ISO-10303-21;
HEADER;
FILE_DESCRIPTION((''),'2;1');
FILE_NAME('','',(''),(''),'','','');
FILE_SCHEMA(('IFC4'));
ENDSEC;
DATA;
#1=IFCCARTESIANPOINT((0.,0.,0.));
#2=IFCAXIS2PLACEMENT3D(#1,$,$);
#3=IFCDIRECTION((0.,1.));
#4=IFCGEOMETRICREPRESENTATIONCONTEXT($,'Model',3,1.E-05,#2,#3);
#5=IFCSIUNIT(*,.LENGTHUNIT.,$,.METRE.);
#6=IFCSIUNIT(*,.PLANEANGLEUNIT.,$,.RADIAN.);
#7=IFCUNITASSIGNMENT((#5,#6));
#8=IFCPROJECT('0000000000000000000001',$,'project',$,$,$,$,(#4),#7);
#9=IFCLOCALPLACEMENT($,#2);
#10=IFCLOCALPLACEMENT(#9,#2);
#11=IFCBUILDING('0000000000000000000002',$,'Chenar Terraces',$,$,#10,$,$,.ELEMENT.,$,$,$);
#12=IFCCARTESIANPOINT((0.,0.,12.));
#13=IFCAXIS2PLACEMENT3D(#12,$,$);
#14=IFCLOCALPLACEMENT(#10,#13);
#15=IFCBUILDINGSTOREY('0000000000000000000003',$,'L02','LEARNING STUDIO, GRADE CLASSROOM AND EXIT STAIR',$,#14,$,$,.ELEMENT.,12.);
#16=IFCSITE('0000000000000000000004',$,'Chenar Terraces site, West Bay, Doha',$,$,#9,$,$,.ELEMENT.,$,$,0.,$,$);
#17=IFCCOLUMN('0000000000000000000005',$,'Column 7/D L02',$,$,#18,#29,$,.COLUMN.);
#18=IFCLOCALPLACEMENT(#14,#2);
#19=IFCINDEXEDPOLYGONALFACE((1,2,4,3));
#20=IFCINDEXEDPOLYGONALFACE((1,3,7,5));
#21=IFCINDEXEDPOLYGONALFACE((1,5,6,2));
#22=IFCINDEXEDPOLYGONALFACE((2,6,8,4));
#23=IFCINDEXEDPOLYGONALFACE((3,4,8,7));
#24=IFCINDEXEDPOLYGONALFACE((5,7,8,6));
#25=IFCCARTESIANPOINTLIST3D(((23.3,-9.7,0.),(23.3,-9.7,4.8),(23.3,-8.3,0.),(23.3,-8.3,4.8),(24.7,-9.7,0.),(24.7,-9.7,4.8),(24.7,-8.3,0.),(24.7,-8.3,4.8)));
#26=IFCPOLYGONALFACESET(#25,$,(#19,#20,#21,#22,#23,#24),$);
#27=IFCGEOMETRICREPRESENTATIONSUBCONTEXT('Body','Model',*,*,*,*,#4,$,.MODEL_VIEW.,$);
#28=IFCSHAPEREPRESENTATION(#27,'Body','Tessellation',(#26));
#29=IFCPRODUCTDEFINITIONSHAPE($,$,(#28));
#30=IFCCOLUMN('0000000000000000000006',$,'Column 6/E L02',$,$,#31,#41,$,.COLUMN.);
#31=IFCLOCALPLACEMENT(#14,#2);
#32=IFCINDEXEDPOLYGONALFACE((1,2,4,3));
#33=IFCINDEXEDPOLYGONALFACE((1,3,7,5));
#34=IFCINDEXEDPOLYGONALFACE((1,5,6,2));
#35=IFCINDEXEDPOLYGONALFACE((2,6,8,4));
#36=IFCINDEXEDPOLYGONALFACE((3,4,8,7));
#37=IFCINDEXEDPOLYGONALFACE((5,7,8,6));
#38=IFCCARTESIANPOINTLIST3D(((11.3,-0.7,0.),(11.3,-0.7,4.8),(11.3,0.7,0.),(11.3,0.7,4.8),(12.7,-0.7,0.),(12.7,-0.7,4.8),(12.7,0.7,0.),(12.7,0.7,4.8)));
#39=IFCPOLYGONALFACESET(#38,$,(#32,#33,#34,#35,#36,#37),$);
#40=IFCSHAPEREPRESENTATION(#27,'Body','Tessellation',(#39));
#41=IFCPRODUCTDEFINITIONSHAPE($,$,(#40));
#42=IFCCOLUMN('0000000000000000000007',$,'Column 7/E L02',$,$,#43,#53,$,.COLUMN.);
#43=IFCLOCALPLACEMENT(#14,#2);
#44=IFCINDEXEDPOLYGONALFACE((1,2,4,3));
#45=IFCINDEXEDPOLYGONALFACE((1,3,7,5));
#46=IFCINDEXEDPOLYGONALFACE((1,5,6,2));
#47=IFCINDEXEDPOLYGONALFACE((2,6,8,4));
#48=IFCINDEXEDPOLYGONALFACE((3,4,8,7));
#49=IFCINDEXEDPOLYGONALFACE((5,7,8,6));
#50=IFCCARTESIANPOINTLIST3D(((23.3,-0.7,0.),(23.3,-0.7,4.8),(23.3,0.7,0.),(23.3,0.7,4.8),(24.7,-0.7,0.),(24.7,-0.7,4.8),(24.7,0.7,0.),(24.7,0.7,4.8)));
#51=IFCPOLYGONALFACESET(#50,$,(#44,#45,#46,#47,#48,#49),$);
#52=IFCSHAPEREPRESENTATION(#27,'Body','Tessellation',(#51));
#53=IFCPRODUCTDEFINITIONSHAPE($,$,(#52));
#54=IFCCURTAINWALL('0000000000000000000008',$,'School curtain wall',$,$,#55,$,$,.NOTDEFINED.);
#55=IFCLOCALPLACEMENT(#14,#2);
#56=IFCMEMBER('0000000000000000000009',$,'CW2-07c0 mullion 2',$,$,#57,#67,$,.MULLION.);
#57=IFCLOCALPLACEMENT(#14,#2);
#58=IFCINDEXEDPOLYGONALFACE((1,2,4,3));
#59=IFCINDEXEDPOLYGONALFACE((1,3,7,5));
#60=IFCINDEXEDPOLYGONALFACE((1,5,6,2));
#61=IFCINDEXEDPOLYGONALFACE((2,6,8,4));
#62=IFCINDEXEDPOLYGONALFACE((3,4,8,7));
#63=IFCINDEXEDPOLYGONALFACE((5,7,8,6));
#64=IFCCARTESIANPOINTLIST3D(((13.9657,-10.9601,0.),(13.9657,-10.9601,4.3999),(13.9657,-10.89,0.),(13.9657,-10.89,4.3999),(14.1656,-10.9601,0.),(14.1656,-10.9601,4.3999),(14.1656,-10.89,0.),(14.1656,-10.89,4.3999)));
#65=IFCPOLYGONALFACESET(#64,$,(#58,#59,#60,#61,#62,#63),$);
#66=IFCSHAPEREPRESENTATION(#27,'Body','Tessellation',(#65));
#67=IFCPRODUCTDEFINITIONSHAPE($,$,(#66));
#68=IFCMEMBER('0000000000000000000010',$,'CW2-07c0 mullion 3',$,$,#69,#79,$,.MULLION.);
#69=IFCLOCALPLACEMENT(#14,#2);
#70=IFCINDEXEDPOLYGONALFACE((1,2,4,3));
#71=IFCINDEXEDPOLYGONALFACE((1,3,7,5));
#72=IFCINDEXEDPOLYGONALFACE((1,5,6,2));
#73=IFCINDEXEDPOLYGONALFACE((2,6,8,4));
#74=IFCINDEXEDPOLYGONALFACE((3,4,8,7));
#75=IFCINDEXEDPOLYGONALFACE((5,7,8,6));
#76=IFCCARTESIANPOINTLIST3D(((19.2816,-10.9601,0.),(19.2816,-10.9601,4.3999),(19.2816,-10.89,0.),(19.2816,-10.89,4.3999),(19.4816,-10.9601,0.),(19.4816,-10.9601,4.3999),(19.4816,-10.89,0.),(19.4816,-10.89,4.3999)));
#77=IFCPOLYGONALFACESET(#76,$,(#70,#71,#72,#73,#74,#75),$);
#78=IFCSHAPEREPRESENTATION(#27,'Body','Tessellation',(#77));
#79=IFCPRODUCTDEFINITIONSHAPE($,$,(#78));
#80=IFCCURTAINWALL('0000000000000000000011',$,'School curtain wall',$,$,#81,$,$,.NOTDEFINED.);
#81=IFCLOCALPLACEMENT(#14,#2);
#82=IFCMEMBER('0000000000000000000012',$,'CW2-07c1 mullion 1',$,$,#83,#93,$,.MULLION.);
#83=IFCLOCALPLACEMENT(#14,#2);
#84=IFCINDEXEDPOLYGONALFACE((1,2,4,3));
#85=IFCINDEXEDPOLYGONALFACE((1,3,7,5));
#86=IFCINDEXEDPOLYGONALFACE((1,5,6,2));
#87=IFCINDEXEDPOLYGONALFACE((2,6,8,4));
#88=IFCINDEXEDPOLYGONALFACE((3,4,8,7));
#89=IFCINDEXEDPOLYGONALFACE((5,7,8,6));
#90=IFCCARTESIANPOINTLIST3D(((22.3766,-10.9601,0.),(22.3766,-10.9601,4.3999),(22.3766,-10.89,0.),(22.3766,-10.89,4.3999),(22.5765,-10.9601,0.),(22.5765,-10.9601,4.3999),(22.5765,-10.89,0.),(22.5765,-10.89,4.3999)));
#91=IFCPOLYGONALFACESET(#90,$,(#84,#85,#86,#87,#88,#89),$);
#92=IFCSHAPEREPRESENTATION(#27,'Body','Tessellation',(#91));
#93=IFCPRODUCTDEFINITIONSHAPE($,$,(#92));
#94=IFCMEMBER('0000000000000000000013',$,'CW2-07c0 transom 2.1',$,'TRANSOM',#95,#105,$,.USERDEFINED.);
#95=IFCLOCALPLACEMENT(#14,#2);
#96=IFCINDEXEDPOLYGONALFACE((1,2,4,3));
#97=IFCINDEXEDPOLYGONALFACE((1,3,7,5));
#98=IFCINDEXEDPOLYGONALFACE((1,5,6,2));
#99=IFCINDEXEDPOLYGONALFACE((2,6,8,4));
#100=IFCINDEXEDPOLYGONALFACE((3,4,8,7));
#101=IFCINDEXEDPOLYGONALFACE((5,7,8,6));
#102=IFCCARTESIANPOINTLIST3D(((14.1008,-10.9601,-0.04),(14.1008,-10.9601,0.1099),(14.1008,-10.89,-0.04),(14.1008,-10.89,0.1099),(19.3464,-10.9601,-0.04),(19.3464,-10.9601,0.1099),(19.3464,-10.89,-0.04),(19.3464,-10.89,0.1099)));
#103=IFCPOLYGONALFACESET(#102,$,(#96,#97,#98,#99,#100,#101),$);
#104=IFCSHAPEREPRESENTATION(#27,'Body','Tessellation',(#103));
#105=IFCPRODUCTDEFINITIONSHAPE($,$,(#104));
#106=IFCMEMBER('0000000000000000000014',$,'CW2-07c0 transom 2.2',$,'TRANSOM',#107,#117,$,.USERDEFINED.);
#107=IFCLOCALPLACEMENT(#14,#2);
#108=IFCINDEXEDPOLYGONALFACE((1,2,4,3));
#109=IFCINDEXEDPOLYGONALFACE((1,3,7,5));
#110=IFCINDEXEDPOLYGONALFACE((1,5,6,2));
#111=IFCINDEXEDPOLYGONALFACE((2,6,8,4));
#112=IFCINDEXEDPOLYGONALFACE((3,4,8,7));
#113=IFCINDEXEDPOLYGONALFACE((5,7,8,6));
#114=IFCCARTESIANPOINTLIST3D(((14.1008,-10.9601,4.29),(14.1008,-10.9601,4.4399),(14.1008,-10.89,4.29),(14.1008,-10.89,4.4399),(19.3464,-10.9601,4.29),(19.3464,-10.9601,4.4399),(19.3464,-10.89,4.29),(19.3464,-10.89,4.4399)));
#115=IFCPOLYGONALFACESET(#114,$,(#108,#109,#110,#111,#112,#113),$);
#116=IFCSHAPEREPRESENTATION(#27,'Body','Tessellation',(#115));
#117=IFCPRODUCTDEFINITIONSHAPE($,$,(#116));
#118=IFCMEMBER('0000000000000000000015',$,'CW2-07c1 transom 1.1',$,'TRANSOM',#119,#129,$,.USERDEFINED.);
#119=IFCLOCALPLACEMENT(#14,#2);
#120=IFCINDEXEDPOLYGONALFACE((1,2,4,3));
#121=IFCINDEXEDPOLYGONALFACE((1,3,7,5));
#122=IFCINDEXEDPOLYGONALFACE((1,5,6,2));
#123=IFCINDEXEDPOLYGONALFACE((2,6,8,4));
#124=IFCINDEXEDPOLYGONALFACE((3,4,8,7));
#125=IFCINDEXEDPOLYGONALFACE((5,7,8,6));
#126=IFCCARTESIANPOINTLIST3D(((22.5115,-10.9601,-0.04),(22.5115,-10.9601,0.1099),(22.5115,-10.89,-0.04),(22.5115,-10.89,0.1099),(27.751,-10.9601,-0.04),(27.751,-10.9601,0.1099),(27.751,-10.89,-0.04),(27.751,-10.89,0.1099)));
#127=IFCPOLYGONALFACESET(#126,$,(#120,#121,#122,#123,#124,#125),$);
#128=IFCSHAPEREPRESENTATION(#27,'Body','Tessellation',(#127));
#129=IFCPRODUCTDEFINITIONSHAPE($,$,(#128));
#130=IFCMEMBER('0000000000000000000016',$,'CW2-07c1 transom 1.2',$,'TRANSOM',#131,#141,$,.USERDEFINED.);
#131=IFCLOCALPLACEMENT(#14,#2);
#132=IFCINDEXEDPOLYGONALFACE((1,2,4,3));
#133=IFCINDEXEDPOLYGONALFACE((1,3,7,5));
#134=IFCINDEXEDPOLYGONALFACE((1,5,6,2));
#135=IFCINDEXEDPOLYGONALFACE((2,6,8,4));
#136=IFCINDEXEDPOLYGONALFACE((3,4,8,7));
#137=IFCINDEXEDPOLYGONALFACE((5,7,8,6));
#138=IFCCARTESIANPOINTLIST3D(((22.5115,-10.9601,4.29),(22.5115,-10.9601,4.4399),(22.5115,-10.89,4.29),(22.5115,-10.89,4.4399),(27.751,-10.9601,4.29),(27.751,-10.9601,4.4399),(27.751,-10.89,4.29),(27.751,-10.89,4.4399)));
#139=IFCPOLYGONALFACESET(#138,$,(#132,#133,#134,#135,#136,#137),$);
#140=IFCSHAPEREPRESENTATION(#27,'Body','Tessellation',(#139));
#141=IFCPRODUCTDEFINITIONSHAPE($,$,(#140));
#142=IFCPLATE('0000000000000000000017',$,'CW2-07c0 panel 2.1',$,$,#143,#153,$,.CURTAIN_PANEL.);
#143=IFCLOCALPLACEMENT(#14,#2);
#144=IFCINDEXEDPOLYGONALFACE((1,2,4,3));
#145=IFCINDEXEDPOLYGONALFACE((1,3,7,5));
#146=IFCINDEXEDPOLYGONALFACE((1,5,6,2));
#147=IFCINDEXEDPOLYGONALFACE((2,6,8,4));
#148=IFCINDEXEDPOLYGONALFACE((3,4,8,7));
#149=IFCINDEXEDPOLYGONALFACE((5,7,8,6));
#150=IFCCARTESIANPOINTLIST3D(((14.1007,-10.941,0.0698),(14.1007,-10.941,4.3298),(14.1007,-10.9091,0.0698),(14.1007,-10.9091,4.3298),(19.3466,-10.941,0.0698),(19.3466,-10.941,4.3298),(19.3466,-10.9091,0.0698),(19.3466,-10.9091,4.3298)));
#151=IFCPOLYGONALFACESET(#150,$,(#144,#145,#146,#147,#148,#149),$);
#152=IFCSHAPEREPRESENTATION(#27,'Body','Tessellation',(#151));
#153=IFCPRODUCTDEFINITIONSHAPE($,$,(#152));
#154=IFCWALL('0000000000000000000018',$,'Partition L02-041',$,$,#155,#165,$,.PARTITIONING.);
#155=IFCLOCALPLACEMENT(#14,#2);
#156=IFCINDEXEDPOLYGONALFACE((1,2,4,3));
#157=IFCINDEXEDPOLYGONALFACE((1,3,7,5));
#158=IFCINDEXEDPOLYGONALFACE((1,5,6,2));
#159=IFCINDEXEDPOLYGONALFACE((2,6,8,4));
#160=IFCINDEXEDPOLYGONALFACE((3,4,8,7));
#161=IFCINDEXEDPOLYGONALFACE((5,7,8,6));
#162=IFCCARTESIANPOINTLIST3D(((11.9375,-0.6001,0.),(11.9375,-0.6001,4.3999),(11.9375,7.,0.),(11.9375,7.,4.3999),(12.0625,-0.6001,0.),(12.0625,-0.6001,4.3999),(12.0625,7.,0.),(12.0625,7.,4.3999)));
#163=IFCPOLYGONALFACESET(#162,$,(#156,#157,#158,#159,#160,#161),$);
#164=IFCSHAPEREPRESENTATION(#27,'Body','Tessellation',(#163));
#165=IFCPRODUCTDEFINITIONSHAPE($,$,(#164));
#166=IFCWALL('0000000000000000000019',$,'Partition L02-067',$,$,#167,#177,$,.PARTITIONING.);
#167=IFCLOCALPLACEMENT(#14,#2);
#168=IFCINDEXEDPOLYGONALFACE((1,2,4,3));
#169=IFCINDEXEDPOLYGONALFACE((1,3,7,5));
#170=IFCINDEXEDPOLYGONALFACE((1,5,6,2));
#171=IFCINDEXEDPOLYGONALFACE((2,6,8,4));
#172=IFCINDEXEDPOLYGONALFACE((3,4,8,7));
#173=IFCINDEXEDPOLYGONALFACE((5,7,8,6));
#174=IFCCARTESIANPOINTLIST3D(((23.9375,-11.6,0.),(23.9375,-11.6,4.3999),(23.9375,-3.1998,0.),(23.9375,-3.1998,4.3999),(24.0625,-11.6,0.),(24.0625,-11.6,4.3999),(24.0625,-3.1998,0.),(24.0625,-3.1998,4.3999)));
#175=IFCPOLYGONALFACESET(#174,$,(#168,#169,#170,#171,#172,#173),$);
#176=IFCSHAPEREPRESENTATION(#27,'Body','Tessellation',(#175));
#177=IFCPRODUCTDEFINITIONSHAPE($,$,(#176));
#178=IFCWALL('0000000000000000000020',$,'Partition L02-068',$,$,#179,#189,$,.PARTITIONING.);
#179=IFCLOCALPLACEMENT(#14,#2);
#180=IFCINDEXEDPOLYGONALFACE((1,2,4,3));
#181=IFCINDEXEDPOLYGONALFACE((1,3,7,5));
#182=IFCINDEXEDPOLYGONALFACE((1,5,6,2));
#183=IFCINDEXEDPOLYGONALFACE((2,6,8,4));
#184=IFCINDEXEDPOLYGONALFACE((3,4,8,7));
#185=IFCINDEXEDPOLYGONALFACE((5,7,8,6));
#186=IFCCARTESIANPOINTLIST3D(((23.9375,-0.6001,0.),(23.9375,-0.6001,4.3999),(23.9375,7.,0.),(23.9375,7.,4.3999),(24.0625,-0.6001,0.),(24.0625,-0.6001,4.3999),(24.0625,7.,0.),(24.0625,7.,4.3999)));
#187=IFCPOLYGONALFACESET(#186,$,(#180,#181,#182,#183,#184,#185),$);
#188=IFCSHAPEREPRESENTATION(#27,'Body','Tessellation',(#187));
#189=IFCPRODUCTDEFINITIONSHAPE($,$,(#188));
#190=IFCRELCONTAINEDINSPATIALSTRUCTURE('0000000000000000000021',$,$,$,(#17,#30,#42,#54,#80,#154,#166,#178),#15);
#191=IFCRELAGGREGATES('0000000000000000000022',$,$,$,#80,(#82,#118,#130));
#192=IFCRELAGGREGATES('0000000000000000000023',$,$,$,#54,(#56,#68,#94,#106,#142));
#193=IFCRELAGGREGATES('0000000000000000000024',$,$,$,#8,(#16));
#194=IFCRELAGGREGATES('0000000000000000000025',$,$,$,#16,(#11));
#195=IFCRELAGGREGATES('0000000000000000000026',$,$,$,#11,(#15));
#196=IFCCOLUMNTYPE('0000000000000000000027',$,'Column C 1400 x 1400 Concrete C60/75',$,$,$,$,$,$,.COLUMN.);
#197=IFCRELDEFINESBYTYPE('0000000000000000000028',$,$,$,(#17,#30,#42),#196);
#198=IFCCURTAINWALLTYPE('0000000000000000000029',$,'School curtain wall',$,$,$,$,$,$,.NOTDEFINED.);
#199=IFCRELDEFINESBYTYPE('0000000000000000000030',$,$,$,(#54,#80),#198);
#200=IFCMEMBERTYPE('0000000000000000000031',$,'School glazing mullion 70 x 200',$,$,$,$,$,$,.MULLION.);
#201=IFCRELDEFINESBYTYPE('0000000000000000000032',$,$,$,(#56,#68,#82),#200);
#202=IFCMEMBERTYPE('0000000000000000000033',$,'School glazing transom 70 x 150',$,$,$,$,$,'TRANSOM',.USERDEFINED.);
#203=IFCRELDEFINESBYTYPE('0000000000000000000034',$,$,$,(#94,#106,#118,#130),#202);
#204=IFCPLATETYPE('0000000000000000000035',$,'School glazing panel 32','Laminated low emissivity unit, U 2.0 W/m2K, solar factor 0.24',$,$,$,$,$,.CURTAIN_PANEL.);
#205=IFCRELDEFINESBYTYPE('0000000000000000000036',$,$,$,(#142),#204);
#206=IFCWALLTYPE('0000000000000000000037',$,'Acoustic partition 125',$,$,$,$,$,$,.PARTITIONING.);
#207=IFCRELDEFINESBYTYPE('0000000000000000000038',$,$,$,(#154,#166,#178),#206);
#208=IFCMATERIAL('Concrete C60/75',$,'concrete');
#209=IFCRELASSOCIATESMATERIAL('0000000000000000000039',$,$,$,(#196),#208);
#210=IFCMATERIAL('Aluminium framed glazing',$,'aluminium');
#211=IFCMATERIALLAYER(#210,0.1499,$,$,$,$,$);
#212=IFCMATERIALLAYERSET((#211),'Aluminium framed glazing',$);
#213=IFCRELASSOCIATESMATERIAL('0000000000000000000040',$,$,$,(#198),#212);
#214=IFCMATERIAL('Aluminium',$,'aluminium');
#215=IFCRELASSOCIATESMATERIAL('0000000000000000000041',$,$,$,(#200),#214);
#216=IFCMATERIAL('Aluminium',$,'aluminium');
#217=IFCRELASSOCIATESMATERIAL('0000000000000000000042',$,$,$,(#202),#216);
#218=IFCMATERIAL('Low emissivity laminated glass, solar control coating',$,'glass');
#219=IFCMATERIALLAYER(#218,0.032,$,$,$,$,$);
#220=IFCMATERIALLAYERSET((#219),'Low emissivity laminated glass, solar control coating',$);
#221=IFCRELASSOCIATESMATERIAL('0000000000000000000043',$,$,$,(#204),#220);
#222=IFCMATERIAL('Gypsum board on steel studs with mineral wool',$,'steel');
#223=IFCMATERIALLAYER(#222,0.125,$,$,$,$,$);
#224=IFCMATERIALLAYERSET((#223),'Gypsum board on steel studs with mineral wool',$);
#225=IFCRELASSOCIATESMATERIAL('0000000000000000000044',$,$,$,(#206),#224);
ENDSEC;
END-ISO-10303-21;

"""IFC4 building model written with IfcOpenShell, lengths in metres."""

from ifc_helpers import new_model, si_unit, direction, frame, frame_2d, origin, origin_2d, place, context, subcontext, project, spatial, rectangle, extrude, material, layer, layer_set, material_profile, profile_set, type_object, element, aggregate, save


model = new_model("IFC4")

# Units and contexts
model_context = context("Model", 3, precision=1e-05, world=origin(), true_north=direction((0.0, 1.0)))
body_context = subcontext(model_context, "Body", "Model", "MODEL_VIEW")
ifc_project = project(units=[si_unit("LENGTHUNIT", "METRE"), si_unit("PLANEANGLEUNIT", "RADIAN")], contexts=[model_context])

# Site, building, storey
site_placement = place(None, origin())
site = spatial("IfcSite", under=ifc_project, at=site_placement, Name="Chenar Terraces site, West Bay, Doha", CompositionType="ELEMENT", RefElevation=0.0)
building_placement = place(site_placement, origin())
building = spatial("IfcBuilding", under=site, at=building_placement, Name="Chenar Terraces", CompositionType="ELEMENT")
storey_placement = place(building_placement, frame((0.0, 0.0, 12.0)))
storey = spatial("IfcBuildingStorey", under=building, at=storey_placement, Name="L02", Description="LEARNING STUDIO, GRADE CLASSROOM AND EXIT STAIR", CompositionType="ELEMENT", Elevation=12.0)

# Columns
ifc_material_1 = material(Name="Concrete C60/75", Category="concrete")
ifc_material_profile_1 = material_profile(ifc_material_1, rectangle(XDim=1.3999, YDim=1.3999, at=origin_2d()), Name="C 1400 x 1400")
ifc_profile_set_1 = profile_set([ifc_material_profile_1], Name="Concrete C60/75")
column_type = type_object("IfcColumnType", Name="Column C 1400 x 1400 Concrete C60/75", PredefinedType="COLUMN", material=ifc_profile_set_1)
for number, where, z_axis, x_axis, name in (
    (1, (24.0, -9.0, 0.0), (0.0, 0.0, 1.0), (1.0, 0.0, 0.0), "Column 7/D L02"),
    (2, (12.0, 0.0, 0.0), (0.0, 0.0, 1.0), (1.0, 0.0, 0.0), "Column 6/E L02"),
    (3, (24.0, 0.0, 0.0), (0.0, 0.0, 1.0), (1.0, 0.0, 0.0), "Column 7/E L02"),
):
    element("IfcColumn", number, at=place(storey_placement, frame(where, z_axis=z_axis, x_axis=x_axis)), inside=storey, type_object=column_type, Name=name, PredefinedType="COLUMN", context=body_context, shape_type="SweptSolid", body=[
        extrude(rectangle(XDim=1.3999, YDim=1.3999, at=origin_2d()), origin(), (0.0, 0.0, 1.0), 4.8),
    ])

# Curtain wall, members
ifc_material_2 = material(Name="Aluminium framed glazing", Category="aluminium")
ifc_layer_1 = layer(ifc_material_2, 0.1499)
ifc_layer_set_1 = layer_set([ifc_layer_1], Name="Aluminium framed glazing")
curtain_wall_type = type_object("IfcCurtainWallType", Name="School curtain wall", PredefinedType="NOTDEFINED", material=ifc_layer_set_1)
placement = place(storey_placement, origin())
curtain_wall_1 = element("IfcCurtainWall", 4, at=placement, inside=storey, type_object=curtain_wall_type, Name="School curtain wall", PredefinedType="NOTDEFINED")
ifc_material_3 = material(Name="Aluminium", Category="aluminium")
ifc_material_profile_2 = material_profile(ifc_material_3, rectangle(XDim=0.0701, YDim=0.2, at=origin_2d()), Name="School glazing mullion 70 x 200")
ifc_profile_set_2 = profile_set([ifc_material_profile_2], Name="Aluminium")
member_type_1 = type_object("IfcMemberType", Name="School glazing mullion 70 x 200", PredefinedType="MULLION", material=ifc_profile_set_2)
member_1_placement = place(storey_placement, frame((14.0657, -10.925, 0.0), z_axis=(0.0, 0.0, 1.0), x_axis=(0.0, 1.0, 0.0)))
member_1 = element("IfcMember", 5, at=member_1_placement, type_object=member_type_1, Name="CW2-07c0 mullion 2", PredefinedType="MULLION", context=body_context, shape_type="SweptSolid", body=[
    extrude(rectangle(XDim=0.0701, YDim=0.2, at=origin_2d()), origin(), (0.0, 0.0, 1.0), 4.3999),
])
member_2_placement = place(storey_placement, frame((19.3816, -10.925, 0.0), z_axis=(0.0, 0.0, 1.0), x_axis=(0.0, 1.0, 0.0)))
member_2 = element("IfcMember", 6, at=member_2_placement, type_object=member_type_1, Name="CW2-07c0 mullion 3", PredefinedType="MULLION", context=body_context, shape_type="SweptSolid", body=[
    extrude(rectangle(XDim=0.0701, YDim=0.2, at=origin_2d()), origin(), (0.0, 0.0, 1.0), 4.3999),
])

# Curtain wall, member
curtain_wall_2 = element("IfcCurtainWall", 7, at=placement, inside=storey, type_object=curtain_wall_type, Name="School curtain wall", PredefinedType="NOTDEFINED")
member_3_placement = place(storey_placement, frame((22.4766, -10.925, 0.0), z_axis=(0.0, 0.0, 1.0), x_axis=(0.0, 1.0, 0.0)))
member_3 = element("IfcMember", 8, at=member_3_placement, type_object=member_type_1, Name="CW2-07c1 mullion 1", PredefinedType="MULLION", context=body_context, shape_type="SweptSolid", body=[
    extrude(rectangle(XDim=0.0701, YDim=0.2, at=origin_2d()), origin(), (0.0, 0.0, 1.0), 4.3999),
])

# Members
ifc_material_4 = material(Name="Aluminium", Category="aluminium")
ifc_material_profile_3 = material_profile(ifc_material_4, rectangle(XDim=0.0701, YDim=0.1499, at=origin_2d()), Name="School glazing transom 70 x 150")
ifc_profile_set_3 = profile_set([ifc_material_profile_3], Name="Aluminium")
member_type_2 = type_object("IfcMemberType", Name="School glazing transom 70 x 150", ElementType="TRANSOM", PredefinedType="USERDEFINED", material=ifc_profile_set_3)
member_4_placement = place(storey_placement, frame((14.1008, -10.925, 0.0349), z_axis=(1.0, 0.0, 0.0), x_axis=(0.0, 1.0, 0.0)))
member_4 = element("IfcMember", 9, at=member_4_placement, type_object=member_type_2, Name="CW2-07c0 transom 2.1", ObjectType="TRANSOM", PredefinedType="USERDEFINED", context=body_context, shape_type="SweptSolid", body=[
    extrude(rectangle(XDim=0.0701, YDim=0.1499, at=origin_2d()), origin(), (0.0, 0.0, 1.0), 5.2456),
])
member_5_placement = place(storey_placement, frame((14.1008, -10.925, 4.365), z_axis=(1.0, 0.0, 0.0), x_axis=(0.0, 1.0, 0.0)))
member_5 = element("IfcMember", 10, at=member_5_placement, type_object=member_type_2, Name="CW2-07c0 transom 2.2", ObjectType="TRANSOM", PredefinedType="USERDEFINED", context=body_context, shape_type="SweptSolid", body=[
    extrude(rectangle(XDim=0.0701, YDim=0.1499, at=origin_2d()), origin(), (0.0, 0.0, 1.0), 5.2456),
])
member_6_placement = place(storey_placement, frame((22.5115, -10.925, 0.0349), z_axis=(1.0, 0.0, 0.0), x_axis=(0.0, 1.0, 0.0)))
member_6 = element("IfcMember", 11, at=member_6_placement, type_object=member_type_2, Name="CW2-07c1 transom 1.1", ObjectType="TRANSOM", PredefinedType="USERDEFINED", context=body_context, shape_type="SweptSolid", body=[
    extrude(rectangle(XDim=0.0701, YDim=0.1499, at=origin_2d()), origin(), (0.0, 0.0, 1.0), 5.2395),
])
member_7_placement = place(storey_placement, frame((22.5115, -10.925, 4.365), z_axis=(1.0, 0.0, 0.0), x_axis=(0.0, 1.0, 0.0)))
member_7 = element("IfcMember", 12, at=member_7_placement, type_object=member_type_2, Name="CW2-07c1 transom 1.2", ObjectType="TRANSOM", PredefinedType="USERDEFINED", context=body_context, shape_type="SweptSolid", body=[
    extrude(rectangle(XDim=0.0701, YDim=0.1499, at=origin_2d()), origin(), (0.0, 0.0, 1.0), 5.2395),
])
aggregate(curtain_wall_2, [member_3, member_6, member_7])

# Plate
ifc_material_5 = material(Name="Low emissivity laminated glass, solar control coating", Category="glass")
ifc_layer_2 = layer(ifc_material_5, 0.032)
ifc_layer_set_2 = layer_set([ifc_layer_2], Name="Low emissivity laminated glass, solar control coating")
plate_type = type_object("IfcPlateType", Name="School glazing panel 32", Description="Laminated low emissivity unit, U 2.0 W/m2K, solar factor 0.24", PredefinedType="CURTAIN_PANEL", material=ifc_layer_set_2)
plate_placement = place(storey_placement, frame((16.7236, -10.925, 0.0698), z_axis=(0.0, 0.0, 1.0), x_axis=(1.0, 0.0, 0.0)))
plate = element("IfcPlate", 13, at=plate_placement, type_object=plate_type, Name="CW2-07c0 panel 2.1", PredefinedType="CURTAIN_PANEL", context=body_context, shape_type="SweptSolid", body=[
    extrude(rectangle(XDim=5.2458, YDim=0.032, at=origin_2d()), origin(), (0.0, 0.0, 1.0), 4.26),
])
aggregate(curtain_wall_1, [member_1, member_2, member_4, member_5, plate])

# Walls
ifc_material_6 = material(Name="Gypsum board on steel studs with mineral wool", Category="steel")
ifc_layer_3 = layer(ifc_material_6, 0.125)
ifc_layer_set_3 = layer_set([ifc_layer_3], Name="Gypsum board on steel studs with mineral wool")
wall_type_1 = type_object("IfcWallType", Name="Acoustic partition 125", PredefinedType="PARTITIONING", material=ifc_layer_set_3)
wall_1_placement = place(storey_placement, frame((12.0, -0.6001, 0.0), z_axis=(0.0, 0.0, 1.0), x_axis=(0.0, 1.0, 0.0)))
element("IfcWall", 14, at=wall_1_placement, inside=storey, type_object=wall_type_1, Name="Partition L02-041", PredefinedType="PARTITIONING", context=body_context, shape_type="SweptSolid", body=[
    extrude(rectangle(XDim=7.6001, YDim=0.125, at=frame_2d((3.8, 0.0))), origin(), (0.0, 0.0, 1.0), 4.3999),
])
wall_2_placement = place(storey_placement, frame((24.0, -11.6001, 0.0), z_axis=(0.0, 0.0, 1.0), x_axis=(0.0, 1.0, 0.0)))
element("IfcWall", 15, at=wall_2_placement, inside=storey, type_object=wall_type_1, Name="Partition L02-067", PredefinedType="PARTITIONING", context=body_context, shape_type="SweptSolid", body=[
    extrude(rectangle(XDim=8.4001, YDim=0.125, at=frame_2d((4.2002, 0.0))), origin(), (0.0, 0.0, 1.0), 4.3999),
])
wall_3_placement = place(storey_placement, frame((24.0, -0.6001, 0.0), z_axis=(0.0, 0.0, 1.0), x_axis=(0.0, 1.0, 0.0)))
element("IfcWall", 16, at=wall_3_placement, inside=storey, type_object=wall_type_1, Name="Partition L02-068", PredefinedType="PARTITIONING", context=body_context, shape_type="SweptSolid", body=[
    extrude(rectangle(XDim=7.6001, YDim=0.125, at=frame_2d((3.8, 0.0))), origin(), (0.0, 0.0, 1.0), 4.3999),
])

save(model, "model.ifc")
